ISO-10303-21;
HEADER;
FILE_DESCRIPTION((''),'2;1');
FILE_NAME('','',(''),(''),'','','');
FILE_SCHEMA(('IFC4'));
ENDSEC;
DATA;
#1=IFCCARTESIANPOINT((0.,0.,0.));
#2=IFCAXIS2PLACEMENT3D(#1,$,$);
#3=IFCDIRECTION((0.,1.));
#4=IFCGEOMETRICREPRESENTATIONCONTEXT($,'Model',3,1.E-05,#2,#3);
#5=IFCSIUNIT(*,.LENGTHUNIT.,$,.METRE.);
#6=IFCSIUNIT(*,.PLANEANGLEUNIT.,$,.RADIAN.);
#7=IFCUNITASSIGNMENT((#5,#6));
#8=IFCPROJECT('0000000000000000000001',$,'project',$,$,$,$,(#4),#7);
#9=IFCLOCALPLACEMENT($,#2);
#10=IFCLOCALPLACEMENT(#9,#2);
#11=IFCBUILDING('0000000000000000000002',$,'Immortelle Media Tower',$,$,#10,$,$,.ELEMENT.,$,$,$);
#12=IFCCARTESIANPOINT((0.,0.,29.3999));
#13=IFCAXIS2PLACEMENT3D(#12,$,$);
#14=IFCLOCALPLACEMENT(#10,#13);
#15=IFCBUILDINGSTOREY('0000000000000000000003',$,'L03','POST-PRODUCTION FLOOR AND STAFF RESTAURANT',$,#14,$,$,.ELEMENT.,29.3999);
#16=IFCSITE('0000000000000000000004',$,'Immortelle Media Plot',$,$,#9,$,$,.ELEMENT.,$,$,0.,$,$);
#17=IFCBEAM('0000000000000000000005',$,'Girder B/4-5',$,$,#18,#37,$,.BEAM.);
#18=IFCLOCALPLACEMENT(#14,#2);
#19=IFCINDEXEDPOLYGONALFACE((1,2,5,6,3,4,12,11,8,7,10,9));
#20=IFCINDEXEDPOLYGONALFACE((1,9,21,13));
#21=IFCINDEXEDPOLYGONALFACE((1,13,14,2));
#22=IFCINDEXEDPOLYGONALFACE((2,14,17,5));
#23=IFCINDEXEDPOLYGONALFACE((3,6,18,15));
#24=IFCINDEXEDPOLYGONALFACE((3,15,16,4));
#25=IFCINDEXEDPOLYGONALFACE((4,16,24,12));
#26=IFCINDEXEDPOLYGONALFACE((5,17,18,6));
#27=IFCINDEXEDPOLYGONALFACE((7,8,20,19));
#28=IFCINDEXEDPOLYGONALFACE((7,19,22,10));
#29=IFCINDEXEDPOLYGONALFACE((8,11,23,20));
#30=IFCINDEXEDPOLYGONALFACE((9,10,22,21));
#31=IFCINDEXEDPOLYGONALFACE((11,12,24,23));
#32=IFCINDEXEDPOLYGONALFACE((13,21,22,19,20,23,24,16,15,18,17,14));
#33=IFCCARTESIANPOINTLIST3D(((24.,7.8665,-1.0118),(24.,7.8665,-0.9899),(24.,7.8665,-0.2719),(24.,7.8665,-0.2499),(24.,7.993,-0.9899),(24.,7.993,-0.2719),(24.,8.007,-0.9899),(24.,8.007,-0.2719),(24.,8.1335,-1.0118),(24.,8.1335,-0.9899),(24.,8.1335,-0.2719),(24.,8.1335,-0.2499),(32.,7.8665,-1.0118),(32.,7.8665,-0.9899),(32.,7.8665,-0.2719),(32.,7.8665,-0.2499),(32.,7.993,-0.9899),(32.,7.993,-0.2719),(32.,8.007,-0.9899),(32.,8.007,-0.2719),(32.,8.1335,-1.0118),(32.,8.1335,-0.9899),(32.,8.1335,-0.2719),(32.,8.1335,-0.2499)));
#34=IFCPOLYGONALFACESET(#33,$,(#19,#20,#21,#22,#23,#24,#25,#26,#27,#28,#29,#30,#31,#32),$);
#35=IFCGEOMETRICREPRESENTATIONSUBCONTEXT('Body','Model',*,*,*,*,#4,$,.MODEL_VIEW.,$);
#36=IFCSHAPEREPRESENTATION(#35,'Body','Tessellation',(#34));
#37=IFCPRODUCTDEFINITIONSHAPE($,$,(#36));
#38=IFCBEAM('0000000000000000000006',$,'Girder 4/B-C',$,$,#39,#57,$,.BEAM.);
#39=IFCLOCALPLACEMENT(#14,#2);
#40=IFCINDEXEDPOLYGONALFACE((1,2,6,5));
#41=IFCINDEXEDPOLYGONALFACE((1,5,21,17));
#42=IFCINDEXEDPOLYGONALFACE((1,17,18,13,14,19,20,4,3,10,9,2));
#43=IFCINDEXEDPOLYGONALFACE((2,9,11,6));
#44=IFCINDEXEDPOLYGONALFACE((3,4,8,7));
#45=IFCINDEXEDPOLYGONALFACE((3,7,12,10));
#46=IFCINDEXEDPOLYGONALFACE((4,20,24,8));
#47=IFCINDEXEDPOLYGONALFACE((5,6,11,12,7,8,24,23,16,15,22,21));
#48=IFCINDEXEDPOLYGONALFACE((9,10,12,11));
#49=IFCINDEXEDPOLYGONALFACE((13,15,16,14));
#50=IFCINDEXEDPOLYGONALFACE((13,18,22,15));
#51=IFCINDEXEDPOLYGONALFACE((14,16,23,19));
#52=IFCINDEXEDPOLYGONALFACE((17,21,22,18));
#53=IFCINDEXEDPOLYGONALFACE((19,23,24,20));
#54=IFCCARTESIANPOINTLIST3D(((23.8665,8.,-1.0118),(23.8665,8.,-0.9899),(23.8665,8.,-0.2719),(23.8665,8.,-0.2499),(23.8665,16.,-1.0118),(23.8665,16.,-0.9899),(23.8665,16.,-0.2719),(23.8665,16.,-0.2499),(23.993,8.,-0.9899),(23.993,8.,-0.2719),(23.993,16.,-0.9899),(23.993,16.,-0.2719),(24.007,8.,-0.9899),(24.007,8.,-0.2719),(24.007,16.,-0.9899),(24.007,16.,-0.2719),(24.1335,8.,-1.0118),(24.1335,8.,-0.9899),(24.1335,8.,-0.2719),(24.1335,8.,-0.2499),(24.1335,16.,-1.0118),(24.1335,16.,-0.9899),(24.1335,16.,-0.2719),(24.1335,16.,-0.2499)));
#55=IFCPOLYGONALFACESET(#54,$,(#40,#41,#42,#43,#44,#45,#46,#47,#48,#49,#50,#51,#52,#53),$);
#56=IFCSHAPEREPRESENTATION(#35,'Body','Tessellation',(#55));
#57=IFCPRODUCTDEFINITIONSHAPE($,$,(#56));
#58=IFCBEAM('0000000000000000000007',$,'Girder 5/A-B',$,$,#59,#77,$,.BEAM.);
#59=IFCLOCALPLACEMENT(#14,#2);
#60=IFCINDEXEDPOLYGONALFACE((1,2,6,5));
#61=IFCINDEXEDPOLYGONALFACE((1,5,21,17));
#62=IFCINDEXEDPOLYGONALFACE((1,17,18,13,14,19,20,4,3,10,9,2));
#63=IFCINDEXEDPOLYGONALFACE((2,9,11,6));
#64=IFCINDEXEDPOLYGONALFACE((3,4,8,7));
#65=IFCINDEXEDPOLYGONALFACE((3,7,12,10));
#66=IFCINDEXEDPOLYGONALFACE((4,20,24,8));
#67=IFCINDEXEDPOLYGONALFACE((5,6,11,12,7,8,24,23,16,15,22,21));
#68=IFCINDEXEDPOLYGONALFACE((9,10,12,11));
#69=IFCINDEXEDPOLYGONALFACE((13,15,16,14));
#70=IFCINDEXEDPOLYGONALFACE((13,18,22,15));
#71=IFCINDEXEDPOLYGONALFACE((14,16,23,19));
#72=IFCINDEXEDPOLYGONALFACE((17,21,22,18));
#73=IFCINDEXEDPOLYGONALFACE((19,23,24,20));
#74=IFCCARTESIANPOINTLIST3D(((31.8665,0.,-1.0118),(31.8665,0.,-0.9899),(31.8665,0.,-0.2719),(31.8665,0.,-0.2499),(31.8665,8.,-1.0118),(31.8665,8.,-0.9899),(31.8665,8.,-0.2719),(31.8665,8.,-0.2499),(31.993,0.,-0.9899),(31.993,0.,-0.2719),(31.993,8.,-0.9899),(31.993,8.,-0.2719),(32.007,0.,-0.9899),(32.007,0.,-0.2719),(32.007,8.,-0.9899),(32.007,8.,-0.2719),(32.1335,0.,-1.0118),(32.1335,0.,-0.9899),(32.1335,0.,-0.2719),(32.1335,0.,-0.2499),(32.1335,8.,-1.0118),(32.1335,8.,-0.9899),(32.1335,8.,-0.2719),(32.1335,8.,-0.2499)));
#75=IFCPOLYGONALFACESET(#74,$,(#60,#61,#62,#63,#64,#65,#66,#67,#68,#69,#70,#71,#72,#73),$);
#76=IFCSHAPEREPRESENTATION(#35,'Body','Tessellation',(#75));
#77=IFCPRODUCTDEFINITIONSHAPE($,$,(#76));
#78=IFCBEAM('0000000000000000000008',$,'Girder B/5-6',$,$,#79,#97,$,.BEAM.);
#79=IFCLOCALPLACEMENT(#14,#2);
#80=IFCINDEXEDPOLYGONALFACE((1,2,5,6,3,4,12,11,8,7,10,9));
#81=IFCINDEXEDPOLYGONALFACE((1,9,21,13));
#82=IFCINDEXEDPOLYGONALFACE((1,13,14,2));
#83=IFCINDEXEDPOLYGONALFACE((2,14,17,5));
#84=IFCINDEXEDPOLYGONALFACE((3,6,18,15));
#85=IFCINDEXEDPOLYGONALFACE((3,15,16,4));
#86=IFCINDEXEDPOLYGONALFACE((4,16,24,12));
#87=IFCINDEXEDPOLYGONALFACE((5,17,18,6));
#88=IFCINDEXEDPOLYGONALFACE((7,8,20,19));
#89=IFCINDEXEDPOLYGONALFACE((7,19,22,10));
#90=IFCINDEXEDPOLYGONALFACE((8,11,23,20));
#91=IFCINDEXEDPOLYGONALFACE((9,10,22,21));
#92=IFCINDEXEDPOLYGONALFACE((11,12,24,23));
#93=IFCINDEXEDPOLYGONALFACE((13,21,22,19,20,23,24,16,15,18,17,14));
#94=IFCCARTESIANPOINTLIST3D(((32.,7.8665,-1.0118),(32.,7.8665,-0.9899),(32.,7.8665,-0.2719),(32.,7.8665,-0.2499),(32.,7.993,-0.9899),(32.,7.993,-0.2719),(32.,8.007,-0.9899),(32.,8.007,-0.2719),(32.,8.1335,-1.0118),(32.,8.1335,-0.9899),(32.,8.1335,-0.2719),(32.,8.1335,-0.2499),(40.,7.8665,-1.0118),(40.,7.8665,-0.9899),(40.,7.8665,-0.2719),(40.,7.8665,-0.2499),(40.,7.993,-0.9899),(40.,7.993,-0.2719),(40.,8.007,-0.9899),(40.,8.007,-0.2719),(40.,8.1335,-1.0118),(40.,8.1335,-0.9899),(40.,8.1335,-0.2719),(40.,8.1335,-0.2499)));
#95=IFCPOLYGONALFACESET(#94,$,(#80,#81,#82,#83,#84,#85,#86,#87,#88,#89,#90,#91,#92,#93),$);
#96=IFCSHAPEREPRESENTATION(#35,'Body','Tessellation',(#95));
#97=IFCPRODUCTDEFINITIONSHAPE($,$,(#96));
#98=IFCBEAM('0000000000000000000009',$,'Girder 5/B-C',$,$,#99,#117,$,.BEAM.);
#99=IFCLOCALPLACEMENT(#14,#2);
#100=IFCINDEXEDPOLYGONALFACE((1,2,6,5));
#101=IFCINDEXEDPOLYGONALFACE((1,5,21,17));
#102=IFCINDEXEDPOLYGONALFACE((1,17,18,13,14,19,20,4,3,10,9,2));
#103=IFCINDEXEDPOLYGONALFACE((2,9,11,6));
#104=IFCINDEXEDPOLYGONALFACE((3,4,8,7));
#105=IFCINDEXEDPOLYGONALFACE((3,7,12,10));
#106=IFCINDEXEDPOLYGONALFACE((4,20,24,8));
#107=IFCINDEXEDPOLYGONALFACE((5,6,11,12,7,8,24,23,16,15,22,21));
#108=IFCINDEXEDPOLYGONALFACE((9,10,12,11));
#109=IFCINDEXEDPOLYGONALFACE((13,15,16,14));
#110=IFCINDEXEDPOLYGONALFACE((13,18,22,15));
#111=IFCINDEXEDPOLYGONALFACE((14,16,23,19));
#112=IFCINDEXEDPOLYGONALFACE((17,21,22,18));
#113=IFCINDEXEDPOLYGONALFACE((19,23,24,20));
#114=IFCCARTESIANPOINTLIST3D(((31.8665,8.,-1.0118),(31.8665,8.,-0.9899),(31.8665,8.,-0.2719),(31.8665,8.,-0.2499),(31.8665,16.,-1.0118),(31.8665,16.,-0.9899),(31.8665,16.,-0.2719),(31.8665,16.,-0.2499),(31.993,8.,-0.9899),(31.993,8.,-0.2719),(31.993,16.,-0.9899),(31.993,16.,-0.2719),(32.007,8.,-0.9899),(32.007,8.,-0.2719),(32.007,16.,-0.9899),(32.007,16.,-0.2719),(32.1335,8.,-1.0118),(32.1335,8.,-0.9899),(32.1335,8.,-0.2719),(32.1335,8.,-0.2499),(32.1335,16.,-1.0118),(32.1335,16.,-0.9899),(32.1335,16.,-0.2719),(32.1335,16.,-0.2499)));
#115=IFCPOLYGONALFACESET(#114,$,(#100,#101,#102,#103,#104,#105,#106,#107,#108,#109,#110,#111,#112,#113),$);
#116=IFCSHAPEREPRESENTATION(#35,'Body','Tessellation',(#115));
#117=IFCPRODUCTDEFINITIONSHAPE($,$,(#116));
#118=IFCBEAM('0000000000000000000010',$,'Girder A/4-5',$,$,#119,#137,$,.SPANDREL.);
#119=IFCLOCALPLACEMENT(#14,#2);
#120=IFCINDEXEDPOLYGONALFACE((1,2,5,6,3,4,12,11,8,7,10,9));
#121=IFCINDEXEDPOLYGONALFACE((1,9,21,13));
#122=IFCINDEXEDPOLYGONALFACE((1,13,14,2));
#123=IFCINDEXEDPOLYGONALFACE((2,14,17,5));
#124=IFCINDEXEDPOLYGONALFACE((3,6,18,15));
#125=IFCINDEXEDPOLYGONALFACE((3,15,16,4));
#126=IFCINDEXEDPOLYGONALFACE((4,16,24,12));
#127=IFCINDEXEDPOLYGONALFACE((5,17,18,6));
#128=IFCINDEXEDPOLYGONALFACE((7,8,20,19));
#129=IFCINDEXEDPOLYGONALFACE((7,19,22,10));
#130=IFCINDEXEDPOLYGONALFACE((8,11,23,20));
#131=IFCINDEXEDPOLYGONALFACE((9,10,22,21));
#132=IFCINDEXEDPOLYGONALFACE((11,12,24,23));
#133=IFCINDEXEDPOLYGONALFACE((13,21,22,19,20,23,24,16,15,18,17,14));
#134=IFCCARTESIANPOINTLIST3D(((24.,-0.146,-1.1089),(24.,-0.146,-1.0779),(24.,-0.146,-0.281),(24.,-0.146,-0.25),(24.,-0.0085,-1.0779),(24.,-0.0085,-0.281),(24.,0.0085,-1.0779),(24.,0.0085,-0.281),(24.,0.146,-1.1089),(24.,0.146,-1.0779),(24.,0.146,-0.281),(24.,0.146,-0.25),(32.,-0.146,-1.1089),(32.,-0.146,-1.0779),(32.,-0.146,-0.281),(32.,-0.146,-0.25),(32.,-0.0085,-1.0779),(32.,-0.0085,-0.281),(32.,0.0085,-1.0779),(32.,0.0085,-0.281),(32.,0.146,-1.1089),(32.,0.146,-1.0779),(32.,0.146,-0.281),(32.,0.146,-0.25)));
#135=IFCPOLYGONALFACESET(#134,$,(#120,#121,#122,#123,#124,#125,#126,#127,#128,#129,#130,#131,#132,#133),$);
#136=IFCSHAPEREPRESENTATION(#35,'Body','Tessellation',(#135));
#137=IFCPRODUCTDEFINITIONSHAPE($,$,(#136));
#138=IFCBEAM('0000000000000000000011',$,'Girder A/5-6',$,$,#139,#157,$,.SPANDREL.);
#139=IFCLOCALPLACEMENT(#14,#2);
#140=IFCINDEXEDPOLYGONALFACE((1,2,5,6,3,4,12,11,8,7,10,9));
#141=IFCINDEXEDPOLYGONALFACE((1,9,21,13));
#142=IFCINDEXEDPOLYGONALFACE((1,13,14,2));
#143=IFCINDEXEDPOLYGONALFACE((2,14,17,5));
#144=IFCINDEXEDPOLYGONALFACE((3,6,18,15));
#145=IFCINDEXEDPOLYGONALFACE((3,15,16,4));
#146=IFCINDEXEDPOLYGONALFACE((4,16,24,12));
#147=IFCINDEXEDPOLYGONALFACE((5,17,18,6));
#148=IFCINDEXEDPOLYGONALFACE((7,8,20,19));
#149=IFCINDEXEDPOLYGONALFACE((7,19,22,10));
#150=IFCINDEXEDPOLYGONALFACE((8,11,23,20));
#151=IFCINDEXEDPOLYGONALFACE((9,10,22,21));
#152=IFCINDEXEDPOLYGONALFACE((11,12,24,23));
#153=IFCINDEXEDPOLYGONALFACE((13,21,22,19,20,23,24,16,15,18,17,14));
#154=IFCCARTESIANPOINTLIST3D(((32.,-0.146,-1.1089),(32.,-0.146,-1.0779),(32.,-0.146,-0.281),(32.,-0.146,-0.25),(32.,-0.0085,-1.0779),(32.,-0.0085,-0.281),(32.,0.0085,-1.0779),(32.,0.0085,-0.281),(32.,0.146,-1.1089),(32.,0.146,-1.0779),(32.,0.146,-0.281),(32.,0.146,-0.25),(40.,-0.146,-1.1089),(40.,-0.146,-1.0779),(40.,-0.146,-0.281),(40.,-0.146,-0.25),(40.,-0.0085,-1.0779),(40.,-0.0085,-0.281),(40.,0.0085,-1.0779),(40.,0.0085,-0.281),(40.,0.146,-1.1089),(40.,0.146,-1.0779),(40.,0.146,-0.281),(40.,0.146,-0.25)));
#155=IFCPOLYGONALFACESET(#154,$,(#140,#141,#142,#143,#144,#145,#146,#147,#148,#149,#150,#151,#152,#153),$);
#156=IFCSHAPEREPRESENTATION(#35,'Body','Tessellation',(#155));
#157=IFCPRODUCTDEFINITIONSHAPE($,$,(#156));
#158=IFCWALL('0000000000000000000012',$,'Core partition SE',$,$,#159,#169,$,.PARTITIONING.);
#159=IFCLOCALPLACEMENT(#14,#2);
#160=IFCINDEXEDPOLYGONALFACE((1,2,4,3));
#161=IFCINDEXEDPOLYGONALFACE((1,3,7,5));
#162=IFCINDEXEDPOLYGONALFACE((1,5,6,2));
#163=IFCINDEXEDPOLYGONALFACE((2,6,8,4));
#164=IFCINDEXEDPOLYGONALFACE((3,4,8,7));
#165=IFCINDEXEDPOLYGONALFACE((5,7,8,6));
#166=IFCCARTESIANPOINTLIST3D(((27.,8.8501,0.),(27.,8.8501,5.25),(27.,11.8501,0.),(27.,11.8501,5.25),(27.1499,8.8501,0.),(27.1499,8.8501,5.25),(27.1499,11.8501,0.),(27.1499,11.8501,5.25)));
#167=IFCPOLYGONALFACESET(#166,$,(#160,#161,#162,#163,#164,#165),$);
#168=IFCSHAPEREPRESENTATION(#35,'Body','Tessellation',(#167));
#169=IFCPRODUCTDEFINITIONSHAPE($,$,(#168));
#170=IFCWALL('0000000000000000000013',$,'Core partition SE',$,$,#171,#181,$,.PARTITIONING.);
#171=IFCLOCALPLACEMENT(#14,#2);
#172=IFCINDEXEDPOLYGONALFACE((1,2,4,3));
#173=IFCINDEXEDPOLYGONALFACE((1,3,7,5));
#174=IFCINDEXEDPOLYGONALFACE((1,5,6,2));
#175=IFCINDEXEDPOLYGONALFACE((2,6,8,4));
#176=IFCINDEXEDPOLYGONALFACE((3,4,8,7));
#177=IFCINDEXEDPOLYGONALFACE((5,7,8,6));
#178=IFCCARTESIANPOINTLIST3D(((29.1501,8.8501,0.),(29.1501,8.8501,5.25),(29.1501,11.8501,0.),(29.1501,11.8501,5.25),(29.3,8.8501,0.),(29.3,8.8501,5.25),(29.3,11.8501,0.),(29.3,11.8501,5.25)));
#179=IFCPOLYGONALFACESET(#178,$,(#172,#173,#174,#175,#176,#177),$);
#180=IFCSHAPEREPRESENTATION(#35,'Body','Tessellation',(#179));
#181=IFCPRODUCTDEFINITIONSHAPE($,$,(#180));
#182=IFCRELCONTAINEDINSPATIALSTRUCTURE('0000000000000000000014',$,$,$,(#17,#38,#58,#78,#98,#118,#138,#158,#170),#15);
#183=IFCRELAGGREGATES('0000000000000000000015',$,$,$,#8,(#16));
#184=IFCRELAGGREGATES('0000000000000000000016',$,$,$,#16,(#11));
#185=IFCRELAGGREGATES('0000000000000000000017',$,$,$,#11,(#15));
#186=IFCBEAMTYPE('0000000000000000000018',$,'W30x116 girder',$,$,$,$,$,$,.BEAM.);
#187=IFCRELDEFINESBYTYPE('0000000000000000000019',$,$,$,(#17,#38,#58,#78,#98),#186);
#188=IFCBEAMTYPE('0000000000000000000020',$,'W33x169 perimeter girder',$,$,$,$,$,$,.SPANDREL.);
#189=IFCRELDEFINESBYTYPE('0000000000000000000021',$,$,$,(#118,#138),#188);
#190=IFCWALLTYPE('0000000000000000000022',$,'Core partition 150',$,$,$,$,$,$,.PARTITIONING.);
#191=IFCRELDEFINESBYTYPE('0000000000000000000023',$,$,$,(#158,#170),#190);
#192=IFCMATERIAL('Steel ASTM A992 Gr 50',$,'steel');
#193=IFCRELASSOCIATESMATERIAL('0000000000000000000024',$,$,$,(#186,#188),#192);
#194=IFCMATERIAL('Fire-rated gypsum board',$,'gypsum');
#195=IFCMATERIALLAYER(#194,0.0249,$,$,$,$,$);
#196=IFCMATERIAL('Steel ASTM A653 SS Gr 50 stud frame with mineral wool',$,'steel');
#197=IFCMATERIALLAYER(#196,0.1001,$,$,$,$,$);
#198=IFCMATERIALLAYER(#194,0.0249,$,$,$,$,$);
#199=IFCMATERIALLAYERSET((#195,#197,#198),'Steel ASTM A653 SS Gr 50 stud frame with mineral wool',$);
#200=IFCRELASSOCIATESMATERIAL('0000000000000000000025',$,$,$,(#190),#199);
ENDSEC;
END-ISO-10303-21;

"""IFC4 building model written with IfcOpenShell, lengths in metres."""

from ifc_helpers import new_model, si_unit, direction, frame, frame_2d, origin, origin_2d, place, context, subcontext, project, spatial, rectangle, i_section, extrude, material, layer, layer_set, material_profile, profile_set, type_object, element, save


model = new_model("IFC4")

# Units and contexts
model_context = context("Model", 3, precision=1e-05, world=origin(), true_north=direction((0.0, 1.0)))
body_context = subcontext(model_context, "Body", "Model", "MODEL_VIEW")
ifc_project = project(units=[si_unit("LENGTHUNIT", "METRE"), si_unit("PLANEANGLEUNIT", "RADIAN")], contexts=[model_context])

# Site, building, storey
site_placement = place(None, origin())
site = spatial("IfcSite", under=ifc_project, at=site_placement, Name="Immortelle Media Plot", CompositionType="ELEMENT", RefElevation=0.0)
building_placement = place(site_placement, origin())
building = spatial("IfcBuilding", under=site, at=building_placement, Name="Immortelle Media Tower", CompositionType="ELEMENT")
storey_placement = place(building_placement, frame((0.0, 0.0, 29.3999)))
storey = spatial("IfcBuildingStorey", under=building, at=storey_placement, Name="L03", Description="POST-PRODUCTION FLOOR AND STAFF RESTAURANT", CompositionType="ELEMENT", Elevation=29.3999)

# Shared definitions
ifc_material_1 = material(Name="Steel ASTM A992 Gr 50", Category="steel")

# Beams
ifc_material_profile_1 = material_profile(ifc_material_1, i_section(OverallWidth=0.2671, OverallDepth=0.762, WebThickness=0.0139, FlangeThickness=0.022, at=origin_2d()), Name="W30x116")
ifc_profile_set_1 = profile_set([ifc_material_profile_1], Name="Steel ASTM A992 Gr 50")
beam_type_1 = type_object("IfcBeamType", Name="W30x116 girder", PredefinedType="BEAM", material=ifc_profile_set_1)
for number, where, z_axis, x_axis, name in (
    (1, (24.0, 8.0, -0.6309), (1.0, 0.0, 0.0), (0.0, 1.0, 0.0), "Girder B/4-5"),
    (2, (24.0, 8.0, -0.6309), (0.0, 1.0, 0.0), (-1.0, 0.0, 0.0), "Girder 4/B-C"),
    (3, (32.0, 0.0, -0.6309), (0.0, 1.0, 0.0), (-1.0, 0.0, 0.0), "Girder 5/A-B"),
    (4, (32.0, 8.0, -0.6309), (1.0, 0.0, 0.0), (0.0, 1.0, 0.0), "Girder B/5-6"),
    (5, (32.0, 8.0, -0.6309), (0.0, 1.0, 0.0), (-1.0, 0.0, 0.0), "Girder 5/B-C"),
):
    element("IfcBeam", number, at=place(storey_placement, frame(where, z_axis=z_axis, x_axis=x_axis)), inside=storey, type_object=beam_type_1, Name=name, PredefinedType="BEAM", context=body_context, shape_type="SweptSolid", body=[
        extrude(i_section(OverallWidth=0.2671, OverallDepth=0.762, WebThickness=0.0139, FlangeThickness=0.022, at=origin_2d()), origin(), (0.0, 0.0, 1.0), 8.0),
    ])
ifc_material_profile_2 = material_profile(ifc_material_1, i_section(OverallWidth=0.292, OverallDepth=0.8589, WebThickness=0.0171, FlangeThickness=0.031, at=origin_2d()), Name="W33x169")
ifc_profile_set_2 = profile_set([ifc_material_profile_2], Name="Steel ASTM A992 Gr 50")
beam_type_2 = type_object("IfcBeamType", Name="W33x169 perimeter girder", PredefinedType="SPANDREL", material=ifc_profile_set_2)
for number, where, z_axis, x_axis, name in (
    (6, (24.0, 0.0, -0.6794), (1.0, 0.0, 0.0), (0.0, 1.0, 0.0), "Girder A/4-5"),
    (7, (32.0, 0.0, -0.6794), (1.0, 0.0, 0.0), (0.0, 1.0, 0.0), "Girder A/5-6"),
):
    element("IfcBeam", number, at=place(storey_placement, frame(where, z_axis=z_axis, x_axis=x_axis)), inside=storey, type_object=beam_type_2, Name=name, PredefinedType="SPANDREL", context=body_context, shape_type="SweptSolid", body=[
        extrude(i_section(OverallWidth=0.292, OverallDepth=0.8589, WebThickness=0.0171, FlangeThickness=0.031, at=origin_2d()), origin(), (0.0, 0.0, 1.0), 8.0),
    ])

# Walls
ifc_material_2 = material(Name="Fire-rated gypsum board", Category="gypsum")
ifc_layer_1 = layer(ifc_material_2, 0.0249)
ifc_material_3 = material(Name="Steel ASTM A653 SS Gr 50 stud frame with mineral wool", Category="steel")
ifc_layer_2 = layer(ifc_material_3, 0.1001)
ifc_layer_3 = layer(ifc_material_2, 0.0249)
ifc_layer_set_1 = layer_set([ifc_layer_1, ifc_layer_2, ifc_layer_3], Name="Steel ASTM A653 SS Gr 50 stud frame with mineral wool")
wall_type_1 = type_object("IfcWallType", Name="Core partition 150", PredefinedType="PARTITIONING", material=ifc_layer_set_1)
for number, where, z_axis, x_axis, name in (
    (8, (27.075, 8.8501, 0.0), (0.0, 0.0, 1.0), (0.0, 1.0, 0.0), "Core partition SE"),
    (9, (29.2251, 8.8501, 0.0), (0.0, 0.0, 1.0), (0.0, 1.0, 0.0), "Core partition SE"),
):
    element("IfcWall", number, at=place(storey_placement, frame(where, z_axis=z_axis, x_axis=x_axis)), inside=storey, type_object=wall_type_1, Name=name, PredefinedType="PARTITIONING", context=body_context, shape_type="SweptSolid", body=[
        extrude(rectangle(XDim=3.0, YDim=0.1499, at=frame_2d((1.5, 0.0))), origin(), (0.0, 0.0, 1.0), 5.25),
    ])

save(model, "model.ifc")
